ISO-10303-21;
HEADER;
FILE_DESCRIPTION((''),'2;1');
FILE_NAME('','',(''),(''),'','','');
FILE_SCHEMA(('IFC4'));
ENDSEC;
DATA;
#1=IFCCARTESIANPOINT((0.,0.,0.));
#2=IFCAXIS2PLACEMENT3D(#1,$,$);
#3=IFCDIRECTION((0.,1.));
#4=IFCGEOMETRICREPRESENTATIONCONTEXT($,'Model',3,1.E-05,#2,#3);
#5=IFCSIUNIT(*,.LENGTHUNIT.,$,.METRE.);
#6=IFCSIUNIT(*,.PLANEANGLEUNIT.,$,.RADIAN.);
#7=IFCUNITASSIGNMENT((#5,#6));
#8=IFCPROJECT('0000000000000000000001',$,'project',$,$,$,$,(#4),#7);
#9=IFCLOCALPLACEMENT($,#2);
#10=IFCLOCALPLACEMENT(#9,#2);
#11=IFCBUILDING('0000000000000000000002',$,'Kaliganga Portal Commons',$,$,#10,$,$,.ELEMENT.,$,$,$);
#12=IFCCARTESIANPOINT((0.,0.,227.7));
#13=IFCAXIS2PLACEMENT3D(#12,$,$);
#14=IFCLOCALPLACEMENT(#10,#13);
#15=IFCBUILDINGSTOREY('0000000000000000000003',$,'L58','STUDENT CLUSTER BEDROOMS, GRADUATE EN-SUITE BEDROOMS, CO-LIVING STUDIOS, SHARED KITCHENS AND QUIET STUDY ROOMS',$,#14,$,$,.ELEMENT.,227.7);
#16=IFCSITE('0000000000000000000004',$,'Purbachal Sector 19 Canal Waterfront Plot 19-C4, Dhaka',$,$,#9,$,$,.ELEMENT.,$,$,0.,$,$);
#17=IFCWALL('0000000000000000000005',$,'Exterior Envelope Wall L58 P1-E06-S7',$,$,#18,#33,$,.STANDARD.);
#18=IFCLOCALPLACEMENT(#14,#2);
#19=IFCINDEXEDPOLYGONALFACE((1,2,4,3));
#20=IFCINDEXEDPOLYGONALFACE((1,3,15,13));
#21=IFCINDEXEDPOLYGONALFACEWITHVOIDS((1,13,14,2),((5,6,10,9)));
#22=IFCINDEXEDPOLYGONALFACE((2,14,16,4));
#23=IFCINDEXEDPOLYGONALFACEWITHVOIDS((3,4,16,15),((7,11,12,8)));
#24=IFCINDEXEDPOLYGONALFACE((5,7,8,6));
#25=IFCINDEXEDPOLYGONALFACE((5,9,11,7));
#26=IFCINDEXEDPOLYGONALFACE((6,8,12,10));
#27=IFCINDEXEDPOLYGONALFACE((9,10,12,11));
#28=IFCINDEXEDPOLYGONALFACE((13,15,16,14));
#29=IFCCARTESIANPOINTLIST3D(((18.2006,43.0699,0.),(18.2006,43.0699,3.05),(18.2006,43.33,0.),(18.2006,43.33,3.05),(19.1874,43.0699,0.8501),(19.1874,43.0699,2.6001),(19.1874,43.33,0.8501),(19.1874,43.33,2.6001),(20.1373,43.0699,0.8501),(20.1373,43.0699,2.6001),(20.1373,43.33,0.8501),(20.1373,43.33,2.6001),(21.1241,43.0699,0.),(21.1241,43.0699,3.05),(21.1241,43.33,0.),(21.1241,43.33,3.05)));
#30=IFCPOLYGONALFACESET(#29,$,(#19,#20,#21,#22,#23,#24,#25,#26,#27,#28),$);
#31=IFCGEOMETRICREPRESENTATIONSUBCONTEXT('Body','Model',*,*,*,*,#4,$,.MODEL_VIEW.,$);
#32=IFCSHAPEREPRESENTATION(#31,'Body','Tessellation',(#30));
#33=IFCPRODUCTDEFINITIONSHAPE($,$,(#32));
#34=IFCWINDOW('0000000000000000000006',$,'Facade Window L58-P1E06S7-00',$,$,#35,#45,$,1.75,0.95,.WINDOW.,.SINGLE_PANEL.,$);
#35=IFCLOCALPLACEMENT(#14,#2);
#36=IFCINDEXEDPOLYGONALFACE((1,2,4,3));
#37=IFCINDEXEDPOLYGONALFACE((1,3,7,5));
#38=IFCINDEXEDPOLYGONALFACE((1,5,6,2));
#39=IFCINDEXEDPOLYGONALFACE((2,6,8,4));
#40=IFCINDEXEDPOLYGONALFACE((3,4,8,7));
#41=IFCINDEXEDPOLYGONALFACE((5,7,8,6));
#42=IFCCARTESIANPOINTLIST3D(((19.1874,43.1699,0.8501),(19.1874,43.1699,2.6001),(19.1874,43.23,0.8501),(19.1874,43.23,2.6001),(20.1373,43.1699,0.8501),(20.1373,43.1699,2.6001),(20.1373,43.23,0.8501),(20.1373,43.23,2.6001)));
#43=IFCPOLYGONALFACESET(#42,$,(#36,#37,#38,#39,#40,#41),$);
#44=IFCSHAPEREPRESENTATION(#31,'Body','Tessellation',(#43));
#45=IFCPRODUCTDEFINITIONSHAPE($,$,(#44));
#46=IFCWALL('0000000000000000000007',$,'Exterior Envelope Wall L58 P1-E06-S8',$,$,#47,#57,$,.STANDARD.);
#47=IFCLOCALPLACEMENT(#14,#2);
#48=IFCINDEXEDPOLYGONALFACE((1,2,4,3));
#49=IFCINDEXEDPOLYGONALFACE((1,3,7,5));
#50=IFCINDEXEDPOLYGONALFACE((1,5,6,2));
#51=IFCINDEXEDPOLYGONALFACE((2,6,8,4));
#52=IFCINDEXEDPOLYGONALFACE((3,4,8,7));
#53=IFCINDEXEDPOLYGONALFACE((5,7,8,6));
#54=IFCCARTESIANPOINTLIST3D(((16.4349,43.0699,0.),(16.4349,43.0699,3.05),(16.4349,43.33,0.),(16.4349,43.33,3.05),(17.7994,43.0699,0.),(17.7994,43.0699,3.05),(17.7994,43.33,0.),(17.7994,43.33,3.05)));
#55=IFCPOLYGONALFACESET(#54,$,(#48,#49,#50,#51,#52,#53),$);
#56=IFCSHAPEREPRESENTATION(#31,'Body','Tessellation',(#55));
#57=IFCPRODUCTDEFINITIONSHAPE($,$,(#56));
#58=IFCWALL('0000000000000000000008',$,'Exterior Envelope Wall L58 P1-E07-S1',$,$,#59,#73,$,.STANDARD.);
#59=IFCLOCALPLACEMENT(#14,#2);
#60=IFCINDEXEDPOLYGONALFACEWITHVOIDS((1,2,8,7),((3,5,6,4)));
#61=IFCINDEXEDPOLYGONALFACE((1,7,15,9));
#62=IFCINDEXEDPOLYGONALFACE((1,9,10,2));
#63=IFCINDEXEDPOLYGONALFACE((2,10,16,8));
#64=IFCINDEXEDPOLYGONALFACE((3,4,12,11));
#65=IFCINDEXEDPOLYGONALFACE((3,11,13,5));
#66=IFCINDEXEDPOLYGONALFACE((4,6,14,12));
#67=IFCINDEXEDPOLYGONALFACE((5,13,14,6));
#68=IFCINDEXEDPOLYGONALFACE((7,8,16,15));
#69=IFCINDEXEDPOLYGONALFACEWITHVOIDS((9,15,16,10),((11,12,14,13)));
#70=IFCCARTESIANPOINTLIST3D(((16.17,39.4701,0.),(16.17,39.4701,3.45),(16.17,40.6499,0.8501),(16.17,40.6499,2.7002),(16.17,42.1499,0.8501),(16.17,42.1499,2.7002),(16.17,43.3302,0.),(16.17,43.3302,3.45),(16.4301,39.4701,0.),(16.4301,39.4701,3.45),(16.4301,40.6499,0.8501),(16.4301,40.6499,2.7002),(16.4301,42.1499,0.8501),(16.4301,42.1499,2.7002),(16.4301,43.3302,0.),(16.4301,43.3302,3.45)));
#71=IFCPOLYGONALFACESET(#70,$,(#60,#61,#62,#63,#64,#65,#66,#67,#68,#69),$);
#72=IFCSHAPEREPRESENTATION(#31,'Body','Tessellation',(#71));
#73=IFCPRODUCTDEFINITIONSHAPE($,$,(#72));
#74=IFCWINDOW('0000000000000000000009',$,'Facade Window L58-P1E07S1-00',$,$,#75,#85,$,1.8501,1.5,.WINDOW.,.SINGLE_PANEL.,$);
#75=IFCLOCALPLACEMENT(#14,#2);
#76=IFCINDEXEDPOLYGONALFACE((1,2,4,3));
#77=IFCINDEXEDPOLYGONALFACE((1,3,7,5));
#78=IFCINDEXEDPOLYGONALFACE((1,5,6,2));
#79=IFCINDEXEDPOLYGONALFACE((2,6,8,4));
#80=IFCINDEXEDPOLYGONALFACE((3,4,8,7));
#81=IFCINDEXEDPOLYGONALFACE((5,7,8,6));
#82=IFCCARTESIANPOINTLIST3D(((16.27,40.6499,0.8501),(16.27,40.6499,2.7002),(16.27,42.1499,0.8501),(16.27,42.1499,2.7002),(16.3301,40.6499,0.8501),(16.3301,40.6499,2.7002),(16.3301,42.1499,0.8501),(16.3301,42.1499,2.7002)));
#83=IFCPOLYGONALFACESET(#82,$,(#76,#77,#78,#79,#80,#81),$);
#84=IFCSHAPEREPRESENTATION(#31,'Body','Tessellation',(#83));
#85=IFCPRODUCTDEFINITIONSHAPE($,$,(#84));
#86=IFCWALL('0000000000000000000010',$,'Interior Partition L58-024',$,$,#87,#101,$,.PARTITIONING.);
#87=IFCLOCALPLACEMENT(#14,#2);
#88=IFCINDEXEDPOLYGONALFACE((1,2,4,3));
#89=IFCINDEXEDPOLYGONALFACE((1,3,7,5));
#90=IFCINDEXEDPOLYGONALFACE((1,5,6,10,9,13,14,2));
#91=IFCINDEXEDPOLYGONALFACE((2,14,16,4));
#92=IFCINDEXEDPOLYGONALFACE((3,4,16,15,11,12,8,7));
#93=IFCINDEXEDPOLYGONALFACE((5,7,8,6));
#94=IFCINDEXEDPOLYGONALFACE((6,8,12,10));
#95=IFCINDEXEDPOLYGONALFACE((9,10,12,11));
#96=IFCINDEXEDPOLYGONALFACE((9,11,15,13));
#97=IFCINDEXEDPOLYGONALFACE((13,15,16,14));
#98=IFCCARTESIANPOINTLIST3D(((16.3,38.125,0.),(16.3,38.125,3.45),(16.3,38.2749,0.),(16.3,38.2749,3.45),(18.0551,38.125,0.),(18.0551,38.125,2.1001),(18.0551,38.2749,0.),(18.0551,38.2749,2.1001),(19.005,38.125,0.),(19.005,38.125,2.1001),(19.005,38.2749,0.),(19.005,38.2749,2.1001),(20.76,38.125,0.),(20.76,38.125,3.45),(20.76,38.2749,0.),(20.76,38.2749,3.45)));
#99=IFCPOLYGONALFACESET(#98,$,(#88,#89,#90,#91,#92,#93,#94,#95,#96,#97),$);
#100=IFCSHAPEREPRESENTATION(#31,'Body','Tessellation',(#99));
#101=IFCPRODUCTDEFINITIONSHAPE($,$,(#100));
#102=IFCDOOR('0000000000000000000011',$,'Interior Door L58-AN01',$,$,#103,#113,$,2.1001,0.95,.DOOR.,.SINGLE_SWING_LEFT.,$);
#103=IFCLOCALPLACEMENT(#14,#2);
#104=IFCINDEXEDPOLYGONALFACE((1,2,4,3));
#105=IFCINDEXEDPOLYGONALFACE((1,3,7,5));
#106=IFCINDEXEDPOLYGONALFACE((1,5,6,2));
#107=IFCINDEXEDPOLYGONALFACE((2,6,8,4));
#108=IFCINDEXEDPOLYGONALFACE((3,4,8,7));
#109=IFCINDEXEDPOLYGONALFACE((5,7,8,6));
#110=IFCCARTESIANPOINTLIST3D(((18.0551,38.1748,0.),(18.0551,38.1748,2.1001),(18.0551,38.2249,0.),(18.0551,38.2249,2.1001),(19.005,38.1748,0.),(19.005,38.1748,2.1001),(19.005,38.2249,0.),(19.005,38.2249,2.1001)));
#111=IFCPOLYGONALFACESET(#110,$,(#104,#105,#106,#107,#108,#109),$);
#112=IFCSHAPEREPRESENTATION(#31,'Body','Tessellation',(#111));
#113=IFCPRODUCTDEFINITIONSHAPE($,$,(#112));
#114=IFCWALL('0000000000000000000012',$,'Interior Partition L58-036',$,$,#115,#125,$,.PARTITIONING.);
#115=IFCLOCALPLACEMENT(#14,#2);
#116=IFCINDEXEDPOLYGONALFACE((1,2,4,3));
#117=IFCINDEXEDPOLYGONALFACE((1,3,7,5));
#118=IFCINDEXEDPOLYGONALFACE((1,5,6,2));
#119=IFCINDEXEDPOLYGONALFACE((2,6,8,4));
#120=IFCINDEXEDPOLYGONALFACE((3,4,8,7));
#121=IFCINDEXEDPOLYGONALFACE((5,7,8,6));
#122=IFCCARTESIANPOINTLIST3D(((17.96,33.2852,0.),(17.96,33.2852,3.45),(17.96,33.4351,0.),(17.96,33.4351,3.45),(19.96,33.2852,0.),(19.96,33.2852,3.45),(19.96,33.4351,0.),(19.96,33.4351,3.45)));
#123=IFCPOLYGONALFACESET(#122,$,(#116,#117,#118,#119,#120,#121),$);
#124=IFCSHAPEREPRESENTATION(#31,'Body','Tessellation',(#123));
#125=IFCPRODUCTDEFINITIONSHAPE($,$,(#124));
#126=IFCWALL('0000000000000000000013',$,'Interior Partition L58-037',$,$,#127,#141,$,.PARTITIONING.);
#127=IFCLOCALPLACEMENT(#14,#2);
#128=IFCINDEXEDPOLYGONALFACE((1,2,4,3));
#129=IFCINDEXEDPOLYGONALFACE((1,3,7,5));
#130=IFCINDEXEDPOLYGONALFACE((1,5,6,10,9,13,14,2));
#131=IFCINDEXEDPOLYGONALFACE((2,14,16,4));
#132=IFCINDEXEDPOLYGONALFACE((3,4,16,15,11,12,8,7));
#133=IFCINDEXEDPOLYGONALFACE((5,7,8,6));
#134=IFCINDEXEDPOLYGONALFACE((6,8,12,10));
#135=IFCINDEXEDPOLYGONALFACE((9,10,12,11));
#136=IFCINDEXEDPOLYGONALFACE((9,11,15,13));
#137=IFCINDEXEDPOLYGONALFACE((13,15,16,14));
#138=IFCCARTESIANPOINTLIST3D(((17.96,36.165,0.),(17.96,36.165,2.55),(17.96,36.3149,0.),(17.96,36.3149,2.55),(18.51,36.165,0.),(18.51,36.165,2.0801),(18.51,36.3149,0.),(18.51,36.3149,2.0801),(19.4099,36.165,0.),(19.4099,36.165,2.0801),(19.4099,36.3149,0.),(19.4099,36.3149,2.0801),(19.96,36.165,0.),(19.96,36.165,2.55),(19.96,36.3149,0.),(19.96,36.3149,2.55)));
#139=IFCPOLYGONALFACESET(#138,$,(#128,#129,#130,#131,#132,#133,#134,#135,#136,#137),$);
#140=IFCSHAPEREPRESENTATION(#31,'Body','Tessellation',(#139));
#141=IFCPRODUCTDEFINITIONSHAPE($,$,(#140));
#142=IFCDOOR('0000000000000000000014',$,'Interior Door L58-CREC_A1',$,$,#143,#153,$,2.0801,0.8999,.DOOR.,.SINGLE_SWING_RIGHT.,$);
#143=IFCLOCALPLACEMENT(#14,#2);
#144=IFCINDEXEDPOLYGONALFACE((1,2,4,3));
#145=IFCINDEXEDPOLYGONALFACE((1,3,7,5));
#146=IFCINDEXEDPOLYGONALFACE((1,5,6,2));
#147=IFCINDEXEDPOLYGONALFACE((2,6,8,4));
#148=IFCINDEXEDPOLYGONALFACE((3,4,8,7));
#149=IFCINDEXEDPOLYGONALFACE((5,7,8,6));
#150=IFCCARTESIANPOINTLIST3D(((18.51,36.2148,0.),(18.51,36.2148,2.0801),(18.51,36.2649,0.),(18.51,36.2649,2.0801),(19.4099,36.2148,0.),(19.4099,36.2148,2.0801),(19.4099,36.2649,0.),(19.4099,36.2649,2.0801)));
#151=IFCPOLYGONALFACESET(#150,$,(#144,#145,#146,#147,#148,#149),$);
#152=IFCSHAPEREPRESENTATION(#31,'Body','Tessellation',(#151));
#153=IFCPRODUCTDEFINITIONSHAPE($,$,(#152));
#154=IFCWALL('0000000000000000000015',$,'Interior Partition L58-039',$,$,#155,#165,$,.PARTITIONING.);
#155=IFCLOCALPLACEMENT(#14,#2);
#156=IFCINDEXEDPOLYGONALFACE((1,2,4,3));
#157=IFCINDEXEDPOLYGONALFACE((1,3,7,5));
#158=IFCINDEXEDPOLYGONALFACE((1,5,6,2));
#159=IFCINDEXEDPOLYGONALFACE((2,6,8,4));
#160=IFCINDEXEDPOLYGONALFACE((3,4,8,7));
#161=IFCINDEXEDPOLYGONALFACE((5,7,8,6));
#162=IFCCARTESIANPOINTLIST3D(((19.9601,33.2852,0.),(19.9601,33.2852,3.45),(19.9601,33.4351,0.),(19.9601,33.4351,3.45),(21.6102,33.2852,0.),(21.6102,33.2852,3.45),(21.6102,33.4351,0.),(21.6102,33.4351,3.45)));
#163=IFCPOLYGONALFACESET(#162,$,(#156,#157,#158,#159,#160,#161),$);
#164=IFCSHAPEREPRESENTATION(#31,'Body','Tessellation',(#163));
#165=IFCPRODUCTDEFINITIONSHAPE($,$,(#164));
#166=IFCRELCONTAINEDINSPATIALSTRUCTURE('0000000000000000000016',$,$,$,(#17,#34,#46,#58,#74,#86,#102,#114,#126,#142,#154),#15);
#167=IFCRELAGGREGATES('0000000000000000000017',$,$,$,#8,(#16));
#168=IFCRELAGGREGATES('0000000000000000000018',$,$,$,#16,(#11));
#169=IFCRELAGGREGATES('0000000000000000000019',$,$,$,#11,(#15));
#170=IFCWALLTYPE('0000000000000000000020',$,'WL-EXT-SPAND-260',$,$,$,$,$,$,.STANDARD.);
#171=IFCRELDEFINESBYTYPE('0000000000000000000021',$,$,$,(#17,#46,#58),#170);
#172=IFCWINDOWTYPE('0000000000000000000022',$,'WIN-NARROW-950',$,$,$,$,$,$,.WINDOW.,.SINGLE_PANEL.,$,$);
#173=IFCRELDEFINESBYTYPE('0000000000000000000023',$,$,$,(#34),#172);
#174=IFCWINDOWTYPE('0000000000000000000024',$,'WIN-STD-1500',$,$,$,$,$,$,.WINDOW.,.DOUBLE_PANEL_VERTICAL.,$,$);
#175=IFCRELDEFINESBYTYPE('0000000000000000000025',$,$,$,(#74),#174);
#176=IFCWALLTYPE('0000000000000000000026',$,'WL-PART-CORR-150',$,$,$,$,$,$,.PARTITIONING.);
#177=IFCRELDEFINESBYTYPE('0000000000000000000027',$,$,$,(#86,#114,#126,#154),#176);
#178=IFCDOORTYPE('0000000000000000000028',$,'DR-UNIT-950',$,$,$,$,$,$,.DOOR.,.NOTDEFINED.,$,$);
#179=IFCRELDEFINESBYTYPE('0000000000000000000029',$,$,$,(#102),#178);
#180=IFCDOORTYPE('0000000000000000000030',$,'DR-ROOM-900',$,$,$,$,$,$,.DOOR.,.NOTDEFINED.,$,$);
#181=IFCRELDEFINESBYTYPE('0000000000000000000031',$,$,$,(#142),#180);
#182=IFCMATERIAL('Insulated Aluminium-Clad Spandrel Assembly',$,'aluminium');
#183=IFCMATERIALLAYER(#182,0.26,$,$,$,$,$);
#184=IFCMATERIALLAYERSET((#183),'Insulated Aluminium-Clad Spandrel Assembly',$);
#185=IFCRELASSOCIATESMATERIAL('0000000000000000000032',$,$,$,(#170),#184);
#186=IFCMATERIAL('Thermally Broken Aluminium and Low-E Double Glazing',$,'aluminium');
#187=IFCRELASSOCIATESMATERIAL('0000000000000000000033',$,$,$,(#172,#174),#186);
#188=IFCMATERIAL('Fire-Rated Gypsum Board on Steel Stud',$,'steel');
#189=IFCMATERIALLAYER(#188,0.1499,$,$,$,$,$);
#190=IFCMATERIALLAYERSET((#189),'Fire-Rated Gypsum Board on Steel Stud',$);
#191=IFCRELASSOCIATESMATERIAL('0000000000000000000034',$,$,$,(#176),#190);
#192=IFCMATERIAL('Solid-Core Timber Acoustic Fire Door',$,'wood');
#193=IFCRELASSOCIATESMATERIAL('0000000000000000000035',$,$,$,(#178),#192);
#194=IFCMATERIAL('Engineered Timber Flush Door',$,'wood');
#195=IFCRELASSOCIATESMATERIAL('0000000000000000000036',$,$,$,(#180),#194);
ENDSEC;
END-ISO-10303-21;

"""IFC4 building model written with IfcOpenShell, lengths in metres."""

from ifc_helpers import new_model, si_unit, direction, frame, frame_2d, origin, place, context, subcontext, project, spatial, rectangle, extrude, material, layer, layer_set, type_object, element, fill, save


model = new_model("IFC4")

# Units and contexts
model_context = context("Model", 3, precision=1e-05, world=origin(), true_north=direction((0.0, 1.0)))
body_context = subcontext(model_context, "Body", "Model", "MODEL_VIEW")
ifc_project = project(units=[si_unit("LENGTHUNIT", "METRE"), si_unit("PLANEANGLEUNIT", "RADIAN")], contexts=[model_context])

# Site, building, storey
site_placement = place(None, origin())
site = spatial("IfcSite", under=ifc_project, at=site_placement, Name="Purbachal Sector 19 Canal Waterfront Plot 19-C4, Dhaka", CompositionType="ELEMENT", RefElevation=0.0)
building_placement = place(site_placement, origin())
building = spatial("IfcBuilding", under=site, at=building_placement, Name="Kaliganga Portal Commons", CompositionType="ELEMENT")
storey_placement = place(building_placement, frame((0.0, 0.0, 227.7)))
storey = spatial("IfcBuildingStorey", under=building, at=storey_placement, Name="L58", Description="STUDENT CLUSTER BEDROOMS, GRADUATE EN-SUITE BEDROOMS, CO-LIVING STUDIOS, SHARED KITCHENS AND QUIET STUDY ROOMS", CompositionType="ELEMENT", Elevation=227.7)

# Wall, opening, window
ifc_material_1 = material(Name="Insulated Aluminium-Clad Spandrel Assembly", Category="aluminium")
ifc_layer_1 = layer(ifc_material_1, 0.26)
ifc_layer_set_1 = layer_set([ifc_layer_1], Name="Insulated Aluminium-Clad Spandrel Assembly")
wall_type_1 = type_object("IfcWallType", Name="WL-EXT-SPAND-260", PredefinedType="STANDARD", material=ifc_layer_set_1)
wall_1_placement = place(storey_placement, frame((18.2004, 43.2, 0.0), z_axis=(0.0, 0.0, 1.0), x_axis=(1.0, 0.0, 0.0)))
wall_1 = element("IfcWall", 1, at=wall_1_placement, inside=storey, type_object=wall_type_1, Name="Exterior Envelope Wall L58 P1-E06-S7", PredefinedType="STANDARD", context=body_context, shape_type="SweptSolid", body=[
    extrude(rectangle(XDim=2.9236, YDim=0.26, at=frame_2d((1.4619, 0.0))), origin(), (0.0, 0.0, 1.0), 3.05),
])
opening_1_placement = place(wall_1_placement, frame((0.9868, 0.0, 0.8501)))
opening_1 = element("IfcOpeningElement", 2, at=opening_1_placement, cuts=wall_1, PredefinedType="OPENING", context=body_context, shape_type="SweptSolid", body=[
    extrude(rectangle(XDim=0.95, YDim=1.75, at=frame_2d((0.4751, 0.875))), frame((0.0, 0.1401, 0.0), z_axis=(0.0, -1.0, 0.0), x_axis=(1.0, 0.0, 0.0)), (0.0, 0.0, 1.0), 0.28),
])
ifc_material_2 = material(Name="Thermally Broken Aluminium and Low-E Double Glazing", Category="aluminium")
window_type_1 = type_object("IfcWindowType", Name="WIN-NARROW-950", PartitioningType="SINGLE_PANEL", PredefinedType="WINDOW", material=ifc_material_2)
window_1_placement = place(opening_1_placement, origin())
window_1 = element("IfcWindow", 3, at=window_1_placement, inside=storey, type_object=window_type_1, Name="Facade Window L58-P1E06S7-00", OverallHeight=1.75, OverallWidth=0.95, PartitioningType="SINGLE_PANEL", PredefinedType="WINDOW", context=body_context, shape_type="SweptSolid", body=[
    extrude(rectangle(XDim=0.95, YDim=1.75, at=frame_2d((0.4751, 0.875))), frame((0.0, 0.03, 0.0), z_axis=(0.0, -1.0, 0.0), x_axis=(1.0, 0.0, 0.0)), (0.0, 0.0, 1.0), 0.0601),
])
fill(opening_1, window_1)

# Wall
wall_2_placement = place(storey_placement, frame((16.4351, 43.2, 0.0), z_axis=(0.0, 0.0, 1.0), x_axis=(1.0, 0.0, 0.0)))
element("IfcWall", 4, at=wall_2_placement, inside=storey, type_object=wall_type_1, Name="Exterior Envelope Wall L58 P1-E06-S8", PredefinedType="STANDARD", context=body_context, shape_type="SweptSolid", body=[
    extrude(rectangle(XDim=1.3645, YDim=0.26, at=frame_2d((0.6821, 0.0))), origin(), (0.0, 0.0, 1.0), 3.05),
])

# Wall, opening, window
wall_3_placement = place(storey_placement, frame((16.3, 39.47, 0.0), z_axis=(0.0, 0.0, 1.0), x_axis=(0.0, 1.0, 0.0)))
wall_3 = element("IfcWall", 5, at=wall_3_placement, inside=storey, type_object=wall_type_1, Name="Exterior Envelope Wall L58 P1-E07-S1", PredefinedType="STANDARD", context=body_context, shape_type="SweptSolid", body=[
    extrude(rectangle(XDim=3.8601, YDim=0.26, at=frame_2d((1.9302, 0.0))), origin(), (0.0, 0.0, 1.0), 3.45),
])
opening_2_placement = place(wall_3_placement, frame((1.1799, 0.0, 0.8501)))
opening_2 = element("IfcOpeningElement", 6, at=opening_2_placement, cuts=wall_3, PredefinedType="OPENING", context=body_context, shape_type="SweptSolid", body=[
    extrude(rectangle(XDim=1.5, YDim=1.8501, at=frame_2d((0.75, 0.925))), frame((0.0, 0.1401, 0.0), z_axis=(0.0, -1.0, 0.0), x_axis=(1.0, 0.0, 0.0)), (0.0, 0.0, 1.0), 0.28),
])
window_type_2 = type_object("IfcWindowType", Name="WIN-STD-1500", PartitioningType="DOUBLE_PANEL_VERTICAL", PredefinedType="WINDOW", material=ifc_material_2)
window_2_placement = place(opening_2_placement, origin())
window_2 = element("IfcWindow", 7, at=window_2_placement, inside=storey, type_object=window_type_2, Name="Facade Window L58-P1E07S1-00", OverallHeight=1.8501, OverallWidth=1.5, PartitioningType="SINGLE_PANEL", PredefinedType="WINDOW", context=body_context, shape_type="SweptSolid", body=[
    extrude(rectangle(XDim=1.5, YDim=1.8501, at=frame_2d((0.75, 0.925))), frame((0.0, 0.03, 0.0), z_axis=(0.0, -1.0, 0.0), x_axis=(1.0, 0.0, 0.0)), (0.0, 0.0, 1.0), 0.0601),
])
fill(opening_2, window_2)

# Wall, opening, door
ifc_material_3 = material(Name="Fire-Rated Gypsum Board on Steel Stud", Category="steel")
ifc_layer_2 = layer(ifc_material_3, 0.1499)
ifc_layer_set_2 = layer_set([ifc_layer_2], Name="Fire-Rated Gypsum Board on Steel Stud")
wall_type_2 = type_object("IfcWallType", Name="WL-PART-CORR-150", PredefinedType="PARTITIONING", material=ifc_layer_set_2)
wall_4_placement = place(storey_placement, frame((16.3, 38.2, 0.0), z_axis=(0.0, 0.0, 1.0), x_axis=(1.0, 0.0, 0.0)))
wall_4 = element("IfcWall", 8, at=wall_4_placement, inside=storey, type_object=wall_type_2, Name="Interior Partition L58-024", PredefinedType="PARTITIONING", context=body_context, shape_type="SweptSolid", body=[
    extrude(rectangle(XDim=4.46, YDim=0.1499, at=frame_2d((2.23, 0.0))), origin(), (0.0, 0.0, 1.0), 3.45),
])
opening_3_placement = place(wall_4_placement, frame((1.7549, 0.0, 0.0)))
opening_3 = element("IfcOpeningElement", 9, at=opening_3_placement, cuts=wall_4, PredefinedType="OPENING", context=body_context, shape_type="SweptSolid", body=[
    extrude(rectangle(XDim=0.95, YDim=2.1001, at=frame_2d((0.4751, 1.05))), frame((0.0, 0.085, 0.0), z_axis=(0.0, -1.0, 0.0), x_axis=(1.0, 0.0, 0.0)), (0.0, 0.0, 1.0), 0.1699),
])
ifc_material_4 = material(Name="Solid-Core Timber Acoustic Fire Door", Category="wood")
door_type_1 = type_object("IfcDoorType", Name="DR-UNIT-950", OperationType="NOTDEFINED", PredefinedType="DOOR", material=ifc_material_4)
door_1_placement = place(opening_3_placement, origin())
door_1 = element("IfcDoor", 10, at=door_1_placement, inside=storey, type_object=door_type_1, Name="Interior Door L58-AN01", OperationType="SINGLE_SWING_LEFT", OverallHeight=2.1001, OverallWidth=0.95, PredefinedType="DOOR", context=body_context, shape_type="SweptSolid", body=[
    extrude(rectangle(XDim=0.95, YDim=2.1001, at=frame_2d((0.4751, 1.05))), frame((0.0, 0.0249, 0.0), z_axis=(0.0, -1.0, 0.0), x_axis=(1.0, 0.0, 0.0)), (0.0, 0.0, 1.0), 0.05),
])
fill(opening_3, door_1)

# Wall
wall_5_placement = place(storey_placement, frame((17.96, 33.3601, 0.0), z_axis=(0.0, 0.0, 1.0), x_axis=(1.0, 0.0, 0.0)))
element("IfcWall", 11, at=wall_5_placement, inside=storey, type_object=wall_type_2, Name="Interior Partition L58-036", PredefinedType="PARTITIONING", context=body_context, shape_type="SweptSolid", body=[
    extrude(rectangle(XDim=2.0, YDim=0.1499, at=frame_2d((1.0, 0.0))), origin(), (0.0, 0.0, 1.0), 3.45),
])

# Wall, opening, door
wall_6_placement = place(storey_placement, frame((17.96, 36.24, 0.0), z_axis=(0.0, 0.0, 1.0), x_axis=(1.0, 0.0, 0.0)))
wall_6 = element("IfcWall", 12, at=wall_6_placement, inside=storey, type_object=wall_type_2, Name="Interior Partition L58-037", PredefinedType="PARTITIONING", context=body_context, shape_type="SweptSolid", body=[
    extrude(rectangle(XDim=2.0, YDim=0.1499, at=frame_2d((1.0, 0.0))), origin(), (0.0, 0.0, 1.0), 2.55),
])
opening_4_placement = place(wall_6_placement, frame((0.55, 0.0, 0.0)))
opening_4 = element("IfcOpeningElement", 13, at=opening_4_placement, cuts=wall_6, PredefinedType="OPENING", context=body_context, shape_type="SweptSolid", body=[
    extrude(rectangle(XDim=0.8999, YDim=2.0801, at=frame_2d((0.45, 1.04))), frame((0.0, 0.085, 0.0), z_axis=(0.0, -1.0, 0.0), x_axis=(1.0, 0.0, 0.0)), (0.0, 0.0, 1.0), 0.1699),
])
ifc_material_5 = material(Name="Engineered Timber Flush Door", Category="wood")
door_type_2 = type_object("IfcDoorType", Name="DR-ROOM-900", OperationType="NOTDEFINED", PredefinedType="DOOR", material=ifc_material_5)
door_2_placement = place(opening_4_placement, origin())
door_2 = element("IfcDoor", 14, at=door_2_placement, inside=storey, type_object=door_type_2, Name="Interior Door L58-CREC_A1", OperationType="SINGLE_SWING_RIGHT", OverallHeight=2.0801, OverallWidth=0.8999, PredefinedType="DOOR", context=body_context, shape_type="SweptSolid", body=[
    extrude(rectangle(XDim=0.8999, YDim=2.0801, at=frame_2d((0.45, 1.04))), frame((0.0, 0.0249, 0.0), z_axis=(0.0, -1.0, 0.0), x_axis=(1.0, 0.0, 0.0)), (0.0, 0.0, 1.0), 0.05),
])
fill(opening_4, door_2)

# Wall
wall_7_placement = place(storey_placement, frame((19.96, 33.3601, 0.0), z_axis=(0.0, 0.0, 1.0), x_axis=(1.0, 0.0, 0.0)))
element("IfcWall", 15, at=wall_7_placement, inside=storey, type_object=wall_type_2, Name="Interior Partition L58-039", PredefinedType="PARTITIONING", context=body_context, shape_type="SweptSolid", body=[
    extrude(rectangle(XDim=1.6501, YDim=0.1499, at=frame_2d((0.8252, 0.0))), origin(), (0.0, 0.0, 1.0), 3.45),
])

save(model, "model.ifc")
